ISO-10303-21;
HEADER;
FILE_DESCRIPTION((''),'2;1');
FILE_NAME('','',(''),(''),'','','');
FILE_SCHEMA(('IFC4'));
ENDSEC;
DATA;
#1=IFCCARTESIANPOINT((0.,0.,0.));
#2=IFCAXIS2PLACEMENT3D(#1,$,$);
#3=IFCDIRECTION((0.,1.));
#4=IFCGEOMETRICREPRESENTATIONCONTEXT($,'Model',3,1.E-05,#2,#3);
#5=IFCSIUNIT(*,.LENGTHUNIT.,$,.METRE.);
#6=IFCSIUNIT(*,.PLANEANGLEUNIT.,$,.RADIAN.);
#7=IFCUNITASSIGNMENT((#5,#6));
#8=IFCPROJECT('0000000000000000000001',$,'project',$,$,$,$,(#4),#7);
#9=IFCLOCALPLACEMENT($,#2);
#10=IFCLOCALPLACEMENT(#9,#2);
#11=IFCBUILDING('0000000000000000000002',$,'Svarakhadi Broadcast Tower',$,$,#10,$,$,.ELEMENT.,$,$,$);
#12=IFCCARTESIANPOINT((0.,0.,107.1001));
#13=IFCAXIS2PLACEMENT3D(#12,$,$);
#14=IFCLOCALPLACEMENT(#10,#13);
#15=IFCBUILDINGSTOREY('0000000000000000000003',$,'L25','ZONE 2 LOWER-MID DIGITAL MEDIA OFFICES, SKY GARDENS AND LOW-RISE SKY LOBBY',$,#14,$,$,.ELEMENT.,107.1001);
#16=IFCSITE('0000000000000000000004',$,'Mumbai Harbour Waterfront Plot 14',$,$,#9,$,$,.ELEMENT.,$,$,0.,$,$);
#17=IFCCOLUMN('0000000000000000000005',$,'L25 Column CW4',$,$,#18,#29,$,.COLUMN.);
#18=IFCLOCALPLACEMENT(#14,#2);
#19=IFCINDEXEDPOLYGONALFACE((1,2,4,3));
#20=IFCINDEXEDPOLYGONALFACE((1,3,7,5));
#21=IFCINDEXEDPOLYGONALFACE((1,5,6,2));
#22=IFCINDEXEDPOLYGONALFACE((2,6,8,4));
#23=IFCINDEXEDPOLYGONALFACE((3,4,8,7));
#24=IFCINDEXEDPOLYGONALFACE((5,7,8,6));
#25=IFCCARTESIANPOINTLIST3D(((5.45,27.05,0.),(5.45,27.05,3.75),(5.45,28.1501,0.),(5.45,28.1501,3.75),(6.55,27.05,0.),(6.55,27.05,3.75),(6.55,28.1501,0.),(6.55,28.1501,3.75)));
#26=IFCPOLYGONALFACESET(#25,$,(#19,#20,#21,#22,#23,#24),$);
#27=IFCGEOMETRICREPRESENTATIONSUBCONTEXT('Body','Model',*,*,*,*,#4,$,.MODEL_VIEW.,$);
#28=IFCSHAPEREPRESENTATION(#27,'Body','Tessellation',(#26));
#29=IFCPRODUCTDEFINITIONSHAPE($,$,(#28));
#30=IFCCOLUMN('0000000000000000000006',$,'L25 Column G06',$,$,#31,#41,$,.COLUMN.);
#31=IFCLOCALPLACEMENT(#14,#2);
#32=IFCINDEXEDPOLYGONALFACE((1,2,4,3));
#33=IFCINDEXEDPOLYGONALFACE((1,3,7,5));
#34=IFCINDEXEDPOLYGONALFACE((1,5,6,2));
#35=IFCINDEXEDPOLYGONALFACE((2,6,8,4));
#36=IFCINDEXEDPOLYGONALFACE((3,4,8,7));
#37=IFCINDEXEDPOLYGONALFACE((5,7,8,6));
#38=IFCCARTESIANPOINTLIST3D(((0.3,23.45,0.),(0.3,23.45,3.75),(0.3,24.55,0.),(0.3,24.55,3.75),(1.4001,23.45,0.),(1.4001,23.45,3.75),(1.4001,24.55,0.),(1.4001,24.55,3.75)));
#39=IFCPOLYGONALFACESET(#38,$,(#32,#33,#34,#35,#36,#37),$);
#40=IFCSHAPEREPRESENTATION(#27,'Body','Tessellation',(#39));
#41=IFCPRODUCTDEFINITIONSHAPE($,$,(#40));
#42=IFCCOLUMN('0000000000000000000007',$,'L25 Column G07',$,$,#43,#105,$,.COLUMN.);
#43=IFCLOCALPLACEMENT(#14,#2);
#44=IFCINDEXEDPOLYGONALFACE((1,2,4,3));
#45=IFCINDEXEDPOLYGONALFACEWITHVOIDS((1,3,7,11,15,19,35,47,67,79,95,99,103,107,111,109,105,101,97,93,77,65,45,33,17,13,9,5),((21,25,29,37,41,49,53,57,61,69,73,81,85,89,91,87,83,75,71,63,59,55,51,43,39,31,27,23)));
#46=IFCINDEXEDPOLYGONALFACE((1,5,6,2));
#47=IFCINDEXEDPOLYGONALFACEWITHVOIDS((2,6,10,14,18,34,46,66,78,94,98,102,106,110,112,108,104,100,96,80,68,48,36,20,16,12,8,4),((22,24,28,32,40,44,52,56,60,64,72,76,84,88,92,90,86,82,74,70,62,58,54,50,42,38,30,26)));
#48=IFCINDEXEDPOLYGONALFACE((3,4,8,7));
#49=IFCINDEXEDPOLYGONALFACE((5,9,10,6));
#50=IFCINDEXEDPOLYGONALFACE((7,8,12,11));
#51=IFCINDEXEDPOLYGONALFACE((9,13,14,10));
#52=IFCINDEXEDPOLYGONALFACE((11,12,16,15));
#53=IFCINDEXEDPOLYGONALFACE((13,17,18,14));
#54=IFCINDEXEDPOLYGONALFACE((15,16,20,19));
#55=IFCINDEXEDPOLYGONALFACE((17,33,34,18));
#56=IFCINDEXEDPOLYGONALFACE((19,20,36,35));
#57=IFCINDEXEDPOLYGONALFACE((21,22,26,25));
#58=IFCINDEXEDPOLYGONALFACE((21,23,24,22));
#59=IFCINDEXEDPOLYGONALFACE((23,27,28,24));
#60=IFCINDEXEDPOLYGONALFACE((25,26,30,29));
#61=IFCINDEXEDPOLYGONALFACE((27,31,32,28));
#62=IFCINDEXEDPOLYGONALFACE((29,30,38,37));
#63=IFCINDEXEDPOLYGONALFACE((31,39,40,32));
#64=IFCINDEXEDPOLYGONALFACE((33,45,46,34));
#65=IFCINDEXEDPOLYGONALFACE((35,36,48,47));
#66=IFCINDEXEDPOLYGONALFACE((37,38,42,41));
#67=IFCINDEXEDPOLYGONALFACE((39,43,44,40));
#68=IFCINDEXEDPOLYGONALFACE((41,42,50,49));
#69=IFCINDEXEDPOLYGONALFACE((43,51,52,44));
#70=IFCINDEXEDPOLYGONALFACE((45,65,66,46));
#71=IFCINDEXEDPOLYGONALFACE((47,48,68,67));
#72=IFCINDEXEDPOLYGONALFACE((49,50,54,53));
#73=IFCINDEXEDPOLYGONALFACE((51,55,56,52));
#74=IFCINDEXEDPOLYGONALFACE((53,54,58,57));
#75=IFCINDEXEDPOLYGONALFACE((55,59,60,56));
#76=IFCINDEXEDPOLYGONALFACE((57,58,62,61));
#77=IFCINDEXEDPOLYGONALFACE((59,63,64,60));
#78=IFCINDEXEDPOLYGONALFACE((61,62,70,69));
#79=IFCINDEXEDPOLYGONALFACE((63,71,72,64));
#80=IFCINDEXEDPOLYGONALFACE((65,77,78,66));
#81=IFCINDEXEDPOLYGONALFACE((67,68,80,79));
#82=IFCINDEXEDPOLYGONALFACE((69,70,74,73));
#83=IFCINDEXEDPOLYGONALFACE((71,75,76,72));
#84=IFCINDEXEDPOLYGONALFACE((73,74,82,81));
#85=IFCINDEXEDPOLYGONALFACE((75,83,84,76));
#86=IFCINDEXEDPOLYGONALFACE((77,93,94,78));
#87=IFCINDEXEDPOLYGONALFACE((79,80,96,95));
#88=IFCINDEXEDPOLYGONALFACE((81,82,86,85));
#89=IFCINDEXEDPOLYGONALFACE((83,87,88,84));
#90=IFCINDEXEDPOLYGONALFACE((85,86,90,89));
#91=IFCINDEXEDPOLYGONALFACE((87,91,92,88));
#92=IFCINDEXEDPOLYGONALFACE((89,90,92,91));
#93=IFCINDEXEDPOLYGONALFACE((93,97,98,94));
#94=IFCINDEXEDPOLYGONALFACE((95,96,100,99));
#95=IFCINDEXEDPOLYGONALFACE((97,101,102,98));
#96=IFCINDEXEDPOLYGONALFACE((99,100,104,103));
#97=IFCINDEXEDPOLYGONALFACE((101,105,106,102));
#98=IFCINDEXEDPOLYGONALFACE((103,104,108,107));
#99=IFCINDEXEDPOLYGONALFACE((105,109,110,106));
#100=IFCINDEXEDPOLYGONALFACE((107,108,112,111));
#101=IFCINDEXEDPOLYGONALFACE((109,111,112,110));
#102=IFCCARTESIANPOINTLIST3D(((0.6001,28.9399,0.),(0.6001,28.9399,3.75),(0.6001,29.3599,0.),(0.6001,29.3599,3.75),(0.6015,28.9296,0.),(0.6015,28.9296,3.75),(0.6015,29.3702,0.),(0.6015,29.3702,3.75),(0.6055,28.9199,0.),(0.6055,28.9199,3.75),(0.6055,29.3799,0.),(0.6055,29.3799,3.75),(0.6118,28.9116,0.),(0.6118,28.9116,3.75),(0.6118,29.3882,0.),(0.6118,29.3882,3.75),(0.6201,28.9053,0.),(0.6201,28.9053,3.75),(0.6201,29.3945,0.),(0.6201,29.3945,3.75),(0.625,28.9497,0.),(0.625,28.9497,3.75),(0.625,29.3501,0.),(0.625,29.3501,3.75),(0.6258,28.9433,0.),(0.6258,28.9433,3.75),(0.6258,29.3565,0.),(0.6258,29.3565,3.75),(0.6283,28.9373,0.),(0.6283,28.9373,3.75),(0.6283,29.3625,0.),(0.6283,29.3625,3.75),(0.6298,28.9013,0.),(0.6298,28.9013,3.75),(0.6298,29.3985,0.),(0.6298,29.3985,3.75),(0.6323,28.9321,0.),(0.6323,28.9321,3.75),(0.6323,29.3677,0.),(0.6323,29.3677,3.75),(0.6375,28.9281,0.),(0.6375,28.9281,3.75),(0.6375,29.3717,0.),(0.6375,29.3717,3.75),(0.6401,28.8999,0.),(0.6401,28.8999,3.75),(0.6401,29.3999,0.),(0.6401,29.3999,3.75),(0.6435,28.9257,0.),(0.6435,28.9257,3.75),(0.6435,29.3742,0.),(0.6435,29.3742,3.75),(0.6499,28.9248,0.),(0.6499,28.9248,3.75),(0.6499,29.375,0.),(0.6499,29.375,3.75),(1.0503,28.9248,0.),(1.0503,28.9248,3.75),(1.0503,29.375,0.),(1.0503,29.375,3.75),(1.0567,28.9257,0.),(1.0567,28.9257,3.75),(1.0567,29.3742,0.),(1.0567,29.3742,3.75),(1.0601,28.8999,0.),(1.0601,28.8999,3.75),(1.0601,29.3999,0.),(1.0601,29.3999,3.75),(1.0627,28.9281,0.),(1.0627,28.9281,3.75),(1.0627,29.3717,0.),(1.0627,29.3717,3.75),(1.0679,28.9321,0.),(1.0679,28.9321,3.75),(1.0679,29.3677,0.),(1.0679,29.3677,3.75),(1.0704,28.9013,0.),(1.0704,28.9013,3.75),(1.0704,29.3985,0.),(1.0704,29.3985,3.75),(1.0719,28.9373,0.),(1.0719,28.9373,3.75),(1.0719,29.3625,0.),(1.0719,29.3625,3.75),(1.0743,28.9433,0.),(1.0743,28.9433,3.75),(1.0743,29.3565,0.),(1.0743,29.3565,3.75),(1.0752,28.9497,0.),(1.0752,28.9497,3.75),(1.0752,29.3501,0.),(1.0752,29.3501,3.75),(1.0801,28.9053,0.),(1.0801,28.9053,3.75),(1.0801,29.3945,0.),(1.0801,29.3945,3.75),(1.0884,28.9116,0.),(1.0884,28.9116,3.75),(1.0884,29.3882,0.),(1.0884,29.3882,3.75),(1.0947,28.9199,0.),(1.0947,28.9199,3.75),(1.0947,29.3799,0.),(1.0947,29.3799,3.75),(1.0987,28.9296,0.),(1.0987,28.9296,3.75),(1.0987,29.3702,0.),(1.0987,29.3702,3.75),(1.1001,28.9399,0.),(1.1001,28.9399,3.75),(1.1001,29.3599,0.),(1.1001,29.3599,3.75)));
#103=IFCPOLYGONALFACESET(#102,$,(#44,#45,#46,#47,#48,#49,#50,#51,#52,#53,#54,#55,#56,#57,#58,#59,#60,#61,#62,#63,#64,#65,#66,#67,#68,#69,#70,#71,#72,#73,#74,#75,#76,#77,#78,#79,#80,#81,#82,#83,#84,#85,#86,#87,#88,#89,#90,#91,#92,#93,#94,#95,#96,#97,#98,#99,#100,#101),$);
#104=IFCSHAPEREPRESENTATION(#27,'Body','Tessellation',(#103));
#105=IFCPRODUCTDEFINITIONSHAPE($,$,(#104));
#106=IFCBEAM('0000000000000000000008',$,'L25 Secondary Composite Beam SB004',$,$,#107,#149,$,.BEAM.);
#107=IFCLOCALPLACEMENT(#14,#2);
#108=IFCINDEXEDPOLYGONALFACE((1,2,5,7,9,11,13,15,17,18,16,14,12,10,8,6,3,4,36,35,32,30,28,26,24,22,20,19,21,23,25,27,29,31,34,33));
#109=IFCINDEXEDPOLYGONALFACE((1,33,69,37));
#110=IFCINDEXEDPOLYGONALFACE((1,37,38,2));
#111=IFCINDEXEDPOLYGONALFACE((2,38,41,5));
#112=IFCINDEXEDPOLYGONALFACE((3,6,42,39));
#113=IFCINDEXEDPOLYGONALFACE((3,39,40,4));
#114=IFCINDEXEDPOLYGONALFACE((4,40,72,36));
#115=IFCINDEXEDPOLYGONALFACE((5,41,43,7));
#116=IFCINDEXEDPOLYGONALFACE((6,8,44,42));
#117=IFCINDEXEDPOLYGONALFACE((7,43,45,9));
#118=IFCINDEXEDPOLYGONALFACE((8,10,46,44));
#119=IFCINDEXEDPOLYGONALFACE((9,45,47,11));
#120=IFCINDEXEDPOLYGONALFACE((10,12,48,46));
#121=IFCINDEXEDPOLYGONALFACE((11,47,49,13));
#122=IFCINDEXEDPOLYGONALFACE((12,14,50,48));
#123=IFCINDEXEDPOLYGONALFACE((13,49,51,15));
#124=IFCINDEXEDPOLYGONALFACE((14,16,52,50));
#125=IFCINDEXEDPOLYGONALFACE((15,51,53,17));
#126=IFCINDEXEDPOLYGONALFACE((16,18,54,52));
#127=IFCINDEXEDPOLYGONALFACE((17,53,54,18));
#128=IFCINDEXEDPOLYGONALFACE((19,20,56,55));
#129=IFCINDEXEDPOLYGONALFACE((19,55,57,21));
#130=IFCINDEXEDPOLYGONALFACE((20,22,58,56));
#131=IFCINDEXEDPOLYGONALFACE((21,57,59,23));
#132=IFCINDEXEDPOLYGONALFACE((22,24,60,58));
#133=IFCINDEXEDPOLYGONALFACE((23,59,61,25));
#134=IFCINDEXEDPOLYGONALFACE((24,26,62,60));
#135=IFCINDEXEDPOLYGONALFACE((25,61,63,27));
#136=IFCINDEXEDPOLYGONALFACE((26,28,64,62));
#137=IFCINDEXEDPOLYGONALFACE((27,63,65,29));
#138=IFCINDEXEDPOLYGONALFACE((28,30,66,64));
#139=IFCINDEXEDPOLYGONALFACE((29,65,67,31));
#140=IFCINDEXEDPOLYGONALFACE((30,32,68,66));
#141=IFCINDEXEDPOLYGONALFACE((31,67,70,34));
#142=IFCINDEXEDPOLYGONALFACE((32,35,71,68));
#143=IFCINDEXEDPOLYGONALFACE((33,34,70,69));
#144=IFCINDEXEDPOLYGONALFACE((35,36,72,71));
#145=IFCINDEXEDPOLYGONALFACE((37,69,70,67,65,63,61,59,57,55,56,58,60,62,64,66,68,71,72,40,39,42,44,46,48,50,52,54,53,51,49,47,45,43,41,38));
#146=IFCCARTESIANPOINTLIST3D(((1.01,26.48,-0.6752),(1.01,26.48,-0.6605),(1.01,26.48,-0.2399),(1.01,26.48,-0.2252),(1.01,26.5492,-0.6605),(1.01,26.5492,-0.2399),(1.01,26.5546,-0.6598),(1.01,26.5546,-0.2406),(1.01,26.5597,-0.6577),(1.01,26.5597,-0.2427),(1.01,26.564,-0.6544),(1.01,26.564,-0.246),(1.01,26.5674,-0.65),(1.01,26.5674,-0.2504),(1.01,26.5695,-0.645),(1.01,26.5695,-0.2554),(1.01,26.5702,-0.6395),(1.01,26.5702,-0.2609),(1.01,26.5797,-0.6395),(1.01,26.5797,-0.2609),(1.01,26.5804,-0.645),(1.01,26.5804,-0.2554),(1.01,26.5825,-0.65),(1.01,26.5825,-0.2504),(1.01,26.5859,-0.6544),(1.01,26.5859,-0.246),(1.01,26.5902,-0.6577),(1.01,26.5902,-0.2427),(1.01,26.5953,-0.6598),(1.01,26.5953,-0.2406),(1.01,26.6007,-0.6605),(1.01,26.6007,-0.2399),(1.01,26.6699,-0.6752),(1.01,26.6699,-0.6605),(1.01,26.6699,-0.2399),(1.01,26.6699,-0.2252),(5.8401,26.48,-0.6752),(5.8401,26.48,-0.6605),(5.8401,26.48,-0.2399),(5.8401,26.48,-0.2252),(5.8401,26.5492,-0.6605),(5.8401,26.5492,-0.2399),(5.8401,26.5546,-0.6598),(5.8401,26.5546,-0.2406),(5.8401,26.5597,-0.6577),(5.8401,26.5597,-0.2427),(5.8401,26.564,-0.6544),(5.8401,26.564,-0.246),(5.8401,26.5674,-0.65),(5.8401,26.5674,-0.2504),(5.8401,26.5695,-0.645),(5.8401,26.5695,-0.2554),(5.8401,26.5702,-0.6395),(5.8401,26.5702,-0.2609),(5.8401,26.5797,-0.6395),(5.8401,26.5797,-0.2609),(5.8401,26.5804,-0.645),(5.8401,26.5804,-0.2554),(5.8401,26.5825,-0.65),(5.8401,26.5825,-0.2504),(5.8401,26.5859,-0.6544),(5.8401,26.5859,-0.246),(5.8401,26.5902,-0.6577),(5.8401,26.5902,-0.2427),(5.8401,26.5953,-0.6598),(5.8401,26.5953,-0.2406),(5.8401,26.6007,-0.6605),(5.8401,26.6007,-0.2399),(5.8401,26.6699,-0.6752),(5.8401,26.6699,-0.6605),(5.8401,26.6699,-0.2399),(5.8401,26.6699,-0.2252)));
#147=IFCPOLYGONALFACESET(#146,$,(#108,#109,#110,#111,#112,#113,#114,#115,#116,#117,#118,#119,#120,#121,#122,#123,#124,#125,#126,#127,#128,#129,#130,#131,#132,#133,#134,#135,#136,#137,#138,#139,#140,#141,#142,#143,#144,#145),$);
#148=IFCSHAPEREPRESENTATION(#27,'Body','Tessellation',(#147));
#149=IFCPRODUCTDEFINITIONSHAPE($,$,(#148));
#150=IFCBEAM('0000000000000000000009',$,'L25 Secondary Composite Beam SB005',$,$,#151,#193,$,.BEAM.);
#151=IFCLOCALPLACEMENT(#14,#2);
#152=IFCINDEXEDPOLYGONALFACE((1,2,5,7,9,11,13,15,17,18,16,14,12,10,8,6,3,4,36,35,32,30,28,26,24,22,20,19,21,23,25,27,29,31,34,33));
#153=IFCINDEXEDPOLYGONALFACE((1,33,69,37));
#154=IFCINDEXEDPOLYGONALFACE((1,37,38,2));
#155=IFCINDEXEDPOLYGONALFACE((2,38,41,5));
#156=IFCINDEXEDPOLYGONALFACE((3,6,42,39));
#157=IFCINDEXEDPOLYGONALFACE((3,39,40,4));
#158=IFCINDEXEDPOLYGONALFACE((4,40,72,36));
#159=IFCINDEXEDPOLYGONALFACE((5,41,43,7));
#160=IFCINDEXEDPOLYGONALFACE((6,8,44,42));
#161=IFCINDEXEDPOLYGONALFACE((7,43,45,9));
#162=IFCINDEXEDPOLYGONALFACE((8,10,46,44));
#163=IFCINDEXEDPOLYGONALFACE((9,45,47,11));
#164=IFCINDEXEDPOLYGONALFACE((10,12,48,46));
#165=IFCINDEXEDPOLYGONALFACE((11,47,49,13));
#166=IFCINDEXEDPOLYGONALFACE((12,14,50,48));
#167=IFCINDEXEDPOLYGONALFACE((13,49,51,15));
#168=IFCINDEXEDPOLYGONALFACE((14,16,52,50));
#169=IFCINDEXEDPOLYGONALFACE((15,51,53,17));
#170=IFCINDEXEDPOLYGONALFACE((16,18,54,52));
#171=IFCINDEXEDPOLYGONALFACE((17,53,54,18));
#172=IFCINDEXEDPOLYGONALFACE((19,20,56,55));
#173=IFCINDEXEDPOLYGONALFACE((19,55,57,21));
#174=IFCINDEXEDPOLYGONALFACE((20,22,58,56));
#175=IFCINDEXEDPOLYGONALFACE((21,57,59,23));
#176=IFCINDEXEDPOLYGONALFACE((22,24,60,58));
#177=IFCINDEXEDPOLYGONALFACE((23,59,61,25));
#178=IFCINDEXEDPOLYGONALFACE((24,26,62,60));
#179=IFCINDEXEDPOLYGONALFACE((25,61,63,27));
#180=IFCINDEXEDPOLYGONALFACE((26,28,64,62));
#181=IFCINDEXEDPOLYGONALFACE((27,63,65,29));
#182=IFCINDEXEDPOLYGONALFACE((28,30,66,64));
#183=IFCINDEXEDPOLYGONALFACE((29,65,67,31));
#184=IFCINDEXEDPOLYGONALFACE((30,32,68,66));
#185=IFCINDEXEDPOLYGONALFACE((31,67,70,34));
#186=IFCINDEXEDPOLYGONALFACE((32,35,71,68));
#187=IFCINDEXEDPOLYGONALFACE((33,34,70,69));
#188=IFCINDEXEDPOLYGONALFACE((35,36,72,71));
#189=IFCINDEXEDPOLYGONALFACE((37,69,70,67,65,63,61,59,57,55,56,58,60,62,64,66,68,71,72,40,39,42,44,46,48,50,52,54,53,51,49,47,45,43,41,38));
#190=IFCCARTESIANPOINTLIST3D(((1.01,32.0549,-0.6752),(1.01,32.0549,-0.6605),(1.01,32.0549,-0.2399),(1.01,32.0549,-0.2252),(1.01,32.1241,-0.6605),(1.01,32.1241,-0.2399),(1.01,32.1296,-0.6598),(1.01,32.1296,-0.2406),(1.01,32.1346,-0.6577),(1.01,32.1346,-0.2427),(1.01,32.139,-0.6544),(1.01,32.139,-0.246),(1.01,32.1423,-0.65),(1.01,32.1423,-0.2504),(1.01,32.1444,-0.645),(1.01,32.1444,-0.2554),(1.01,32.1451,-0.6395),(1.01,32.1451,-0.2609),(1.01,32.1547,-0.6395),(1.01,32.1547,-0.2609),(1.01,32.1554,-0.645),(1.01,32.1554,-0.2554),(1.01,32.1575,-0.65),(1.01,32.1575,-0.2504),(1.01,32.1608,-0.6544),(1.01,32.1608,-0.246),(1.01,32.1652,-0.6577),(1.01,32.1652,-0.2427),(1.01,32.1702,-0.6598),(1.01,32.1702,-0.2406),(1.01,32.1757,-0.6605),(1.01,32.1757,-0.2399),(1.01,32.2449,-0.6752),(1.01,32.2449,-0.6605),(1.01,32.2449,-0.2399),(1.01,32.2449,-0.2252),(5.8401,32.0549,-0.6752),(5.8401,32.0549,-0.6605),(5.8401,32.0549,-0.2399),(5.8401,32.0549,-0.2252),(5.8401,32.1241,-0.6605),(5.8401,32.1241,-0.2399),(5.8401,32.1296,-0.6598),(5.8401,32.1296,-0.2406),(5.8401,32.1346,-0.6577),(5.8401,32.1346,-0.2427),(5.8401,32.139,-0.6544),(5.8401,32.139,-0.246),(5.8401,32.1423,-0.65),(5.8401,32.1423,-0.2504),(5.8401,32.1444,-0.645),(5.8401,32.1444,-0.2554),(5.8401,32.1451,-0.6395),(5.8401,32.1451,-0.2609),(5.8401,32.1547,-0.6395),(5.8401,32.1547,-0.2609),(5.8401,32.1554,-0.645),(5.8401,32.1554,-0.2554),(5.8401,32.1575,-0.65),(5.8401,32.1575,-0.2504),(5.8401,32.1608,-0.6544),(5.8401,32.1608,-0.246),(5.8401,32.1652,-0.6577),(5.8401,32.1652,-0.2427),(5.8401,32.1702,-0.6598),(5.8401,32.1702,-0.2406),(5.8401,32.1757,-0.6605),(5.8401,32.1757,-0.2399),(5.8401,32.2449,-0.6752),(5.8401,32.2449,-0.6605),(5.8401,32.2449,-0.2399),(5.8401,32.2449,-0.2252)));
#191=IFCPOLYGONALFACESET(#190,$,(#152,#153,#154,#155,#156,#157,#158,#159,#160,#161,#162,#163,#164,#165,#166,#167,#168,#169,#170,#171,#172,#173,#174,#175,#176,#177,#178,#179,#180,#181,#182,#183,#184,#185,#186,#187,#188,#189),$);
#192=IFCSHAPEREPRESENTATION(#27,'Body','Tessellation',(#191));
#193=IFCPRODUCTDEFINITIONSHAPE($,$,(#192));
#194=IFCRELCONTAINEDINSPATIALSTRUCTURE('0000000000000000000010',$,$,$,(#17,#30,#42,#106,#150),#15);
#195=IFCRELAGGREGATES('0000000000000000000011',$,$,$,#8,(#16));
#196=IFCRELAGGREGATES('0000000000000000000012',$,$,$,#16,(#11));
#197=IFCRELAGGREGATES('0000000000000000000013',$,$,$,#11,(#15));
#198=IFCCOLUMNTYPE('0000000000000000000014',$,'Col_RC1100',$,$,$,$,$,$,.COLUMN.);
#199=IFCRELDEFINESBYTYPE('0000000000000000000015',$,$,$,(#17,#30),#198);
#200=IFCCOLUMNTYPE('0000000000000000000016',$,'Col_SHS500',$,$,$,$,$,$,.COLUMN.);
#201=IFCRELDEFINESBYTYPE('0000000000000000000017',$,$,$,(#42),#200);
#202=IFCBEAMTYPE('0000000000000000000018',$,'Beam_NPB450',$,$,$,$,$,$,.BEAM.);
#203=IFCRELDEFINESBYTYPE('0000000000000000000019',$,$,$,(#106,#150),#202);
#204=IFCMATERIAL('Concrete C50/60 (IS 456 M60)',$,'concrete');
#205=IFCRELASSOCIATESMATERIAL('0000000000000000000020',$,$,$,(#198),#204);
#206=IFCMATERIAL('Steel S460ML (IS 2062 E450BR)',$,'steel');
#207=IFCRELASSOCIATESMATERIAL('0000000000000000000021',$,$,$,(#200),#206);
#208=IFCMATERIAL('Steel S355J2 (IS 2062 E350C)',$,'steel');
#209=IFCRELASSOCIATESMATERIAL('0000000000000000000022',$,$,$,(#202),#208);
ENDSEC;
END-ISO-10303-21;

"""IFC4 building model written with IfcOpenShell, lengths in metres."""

from ifc_helpers import new_model, si_unit, direction, frame, origin, origin_2d, place, context, subcontext, project, spatial, rectangle, hollow_rectangle, i_section, extrude, material, material_profile, profile_set, type_object, element, save


model = new_model("IFC4")

# Units and contexts
model_context = context("Model", 3, precision=1e-05, world=origin(), true_north=direction((0.0, 1.0)))
body_context = subcontext(model_context, "Body", "Model", "MODEL_VIEW")
ifc_project = project(units=[si_unit("LENGTHUNIT", "METRE"), si_unit("PLANEANGLEUNIT", "RADIAN")], contexts=[model_context])

# Site, building, storey
site_placement = place(None, origin())
site = spatial("IfcSite", under=ifc_project, at=site_placement, Name="Mumbai Harbour Waterfront Plot 14", CompositionType="ELEMENT", RefElevation=0.0)
building_placement = place(site_placement, origin())
building = spatial("IfcBuilding", under=site, at=building_placement, Name="Svarakhadi Broadcast Tower", CompositionType="ELEMENT")
storey_placement = place(building_placement, frame((0.0, 0.0, 107.1001)))
storey = spatial("IfcBuildingStorey", under=building, at=storey_placement, Name="L25", Description="ZONE 2 LOWER-MID DIGITAL MEDIA OFFICES, SKY GARDENS AND LOW-RISE SKY LOBBY", CompositionType="ELEMENT", Elevation=107.1001)

# Columns
ifc_material_1 = material(Name="Concrete C50/60 (IS 456 M60)", Category="concrete")
ifc_material_profile_1 = material_profile(ifc_material_1, rectangle(XDim=1.1001, YDim=1.1001, at=origin_2d()), Name="RC 1100x1100")
ifc_profile_set_1 = profile_set([ifc_material_profile_1], Name="Concrete C50/60 (IS 456 M60)")
column_type_1 = type_object("IfcColumnType", Name="Col_RC1100", PredefinedType="COLUMN", material=ifc_profile_set_1)
for number, where, z_axis, x_axis, name in (
    (1, (6.0, 27.6001, 0.0), (0.0, 0.0, 1.0), (1.0, 0.0, 0.0), "L25 Column CW4"),
    (2, (0.8501, 24.0, 0.0), (0.0, 0.0, 1.0), (1.0, 0.0, 0.0), "L25 Column G06"),
):
    element("IfcColumn", number, at=place(storey_placement, frame(where, z_axis=z_axis, x_axis=x_axis)), inside=storey, type_object=column_type_1, Name=name, PredefinedType="COLUMN", context=body_context, shape_type="SweptSolid", body=[
        extrude(rectangle(XDim=1.1001, YDim=1.1001, at=origin_2d()), origin(), (0.0, 0.0, 1.0), 3.75),
    ])
ifc_material_2 = material(Name="Steel S460ML (IS 2062 E450BR)", Category="steel")
ifc_material_profile_2 = material_profile(ifc_material_2, hollow_rectangle(XDim=0.5, YDim=0.5, WallThickness=0.0249, InnerFilletRadius=0.0249, OuterFilletRadius=0.04, at=origin_2d()), Name="SHS 500x500x25")
ifc_profile_set_2 = profile_set([ifc_material_profile_2], Name="Steel S460ML (IS 2062 E450BR)")
column_type_2 = type_object("IfcColumnType", Name="Col_SHS500", PredefinedType="COLUMN", material=ifc_profile_set_2)
column_placement = place(storey_placement, frame((0.8501, 29.1499, 0.0), z_axis=(0.0, 0.0, 1.0), x_axis=(1.0, 0.0, 0.0)))
element("IfcColumn", 3, at=column_placement, inside=storey, type_object=column_type_2, Name="L25 Column G07", PredefinedType="COLUMN", context=body_context, shape_type="SweptSolid", body=[
    extrude(hollow_rectangle(XDim=0.5, YDim=0.5, WallThickness=0.0249, InnerFilletRadius=0.0249, OuterFilletRadius=0.04, at=origin_2d()), origin(), (0.0, 0.0, 1.0), 3.75),
])

# Beams
ifc_material_3 = material(Name="Steel S355J2 (IS 2062 E350C)", Category="steel")
ifc_material_profile_3 = material_profile(ifc_material_3, i_section(OverallWidth=0.1899, OverallDepth=0.45, WebThickness=0.0095, FlangeThickness=0.0146, FilletRadius=0.021, at=origin_2d()), Name="NPB 450x190x78")
ifc_profile_set_3 = profile_set([ifc_material_profile_3], Name="Steel S355J2 (IS 2062 E350C)")
beam_type_1 = type_object("IfcBeamType", Name="Beam_NPB450", PredefinedType="BEAM", material=ifc_profile_set_3)
for number, where, z_axis, x_axis, name in (
    (4, (1.01, 26.575, -0.4502), (1.0, 0.0, 0.0), (0.0, 1.0, 0.0), "L25 Secondary Composite Beam SB004"),
    (5, (1.01, 32.1499, -0.4502), (1.0, 0.0, 0.0), (0.0, 1.0, 0.0), "L25 Secondary Composite Beam SB005"),
):
    element("IfcBeam", number, at=place(storey_placement, frame(where, z_axis=z_axis, x_axis=x_axis)), inside=storey, type_object=beam_type_1, Name=name, PredefinedType="BEAM", context=body_context, shape_type="SweptSolid", body=[
        extrude(i_section(OverallWidth=0.1899, OverallDepth=0.45, WebThickness=0.0095, FlangeThickness=0.0146, FilletRadius=0.021, at=origin_2d()), origin(), (0.0, 0.0, 1.0), 4.8301),
    ])

save(model, "model.ifc")
